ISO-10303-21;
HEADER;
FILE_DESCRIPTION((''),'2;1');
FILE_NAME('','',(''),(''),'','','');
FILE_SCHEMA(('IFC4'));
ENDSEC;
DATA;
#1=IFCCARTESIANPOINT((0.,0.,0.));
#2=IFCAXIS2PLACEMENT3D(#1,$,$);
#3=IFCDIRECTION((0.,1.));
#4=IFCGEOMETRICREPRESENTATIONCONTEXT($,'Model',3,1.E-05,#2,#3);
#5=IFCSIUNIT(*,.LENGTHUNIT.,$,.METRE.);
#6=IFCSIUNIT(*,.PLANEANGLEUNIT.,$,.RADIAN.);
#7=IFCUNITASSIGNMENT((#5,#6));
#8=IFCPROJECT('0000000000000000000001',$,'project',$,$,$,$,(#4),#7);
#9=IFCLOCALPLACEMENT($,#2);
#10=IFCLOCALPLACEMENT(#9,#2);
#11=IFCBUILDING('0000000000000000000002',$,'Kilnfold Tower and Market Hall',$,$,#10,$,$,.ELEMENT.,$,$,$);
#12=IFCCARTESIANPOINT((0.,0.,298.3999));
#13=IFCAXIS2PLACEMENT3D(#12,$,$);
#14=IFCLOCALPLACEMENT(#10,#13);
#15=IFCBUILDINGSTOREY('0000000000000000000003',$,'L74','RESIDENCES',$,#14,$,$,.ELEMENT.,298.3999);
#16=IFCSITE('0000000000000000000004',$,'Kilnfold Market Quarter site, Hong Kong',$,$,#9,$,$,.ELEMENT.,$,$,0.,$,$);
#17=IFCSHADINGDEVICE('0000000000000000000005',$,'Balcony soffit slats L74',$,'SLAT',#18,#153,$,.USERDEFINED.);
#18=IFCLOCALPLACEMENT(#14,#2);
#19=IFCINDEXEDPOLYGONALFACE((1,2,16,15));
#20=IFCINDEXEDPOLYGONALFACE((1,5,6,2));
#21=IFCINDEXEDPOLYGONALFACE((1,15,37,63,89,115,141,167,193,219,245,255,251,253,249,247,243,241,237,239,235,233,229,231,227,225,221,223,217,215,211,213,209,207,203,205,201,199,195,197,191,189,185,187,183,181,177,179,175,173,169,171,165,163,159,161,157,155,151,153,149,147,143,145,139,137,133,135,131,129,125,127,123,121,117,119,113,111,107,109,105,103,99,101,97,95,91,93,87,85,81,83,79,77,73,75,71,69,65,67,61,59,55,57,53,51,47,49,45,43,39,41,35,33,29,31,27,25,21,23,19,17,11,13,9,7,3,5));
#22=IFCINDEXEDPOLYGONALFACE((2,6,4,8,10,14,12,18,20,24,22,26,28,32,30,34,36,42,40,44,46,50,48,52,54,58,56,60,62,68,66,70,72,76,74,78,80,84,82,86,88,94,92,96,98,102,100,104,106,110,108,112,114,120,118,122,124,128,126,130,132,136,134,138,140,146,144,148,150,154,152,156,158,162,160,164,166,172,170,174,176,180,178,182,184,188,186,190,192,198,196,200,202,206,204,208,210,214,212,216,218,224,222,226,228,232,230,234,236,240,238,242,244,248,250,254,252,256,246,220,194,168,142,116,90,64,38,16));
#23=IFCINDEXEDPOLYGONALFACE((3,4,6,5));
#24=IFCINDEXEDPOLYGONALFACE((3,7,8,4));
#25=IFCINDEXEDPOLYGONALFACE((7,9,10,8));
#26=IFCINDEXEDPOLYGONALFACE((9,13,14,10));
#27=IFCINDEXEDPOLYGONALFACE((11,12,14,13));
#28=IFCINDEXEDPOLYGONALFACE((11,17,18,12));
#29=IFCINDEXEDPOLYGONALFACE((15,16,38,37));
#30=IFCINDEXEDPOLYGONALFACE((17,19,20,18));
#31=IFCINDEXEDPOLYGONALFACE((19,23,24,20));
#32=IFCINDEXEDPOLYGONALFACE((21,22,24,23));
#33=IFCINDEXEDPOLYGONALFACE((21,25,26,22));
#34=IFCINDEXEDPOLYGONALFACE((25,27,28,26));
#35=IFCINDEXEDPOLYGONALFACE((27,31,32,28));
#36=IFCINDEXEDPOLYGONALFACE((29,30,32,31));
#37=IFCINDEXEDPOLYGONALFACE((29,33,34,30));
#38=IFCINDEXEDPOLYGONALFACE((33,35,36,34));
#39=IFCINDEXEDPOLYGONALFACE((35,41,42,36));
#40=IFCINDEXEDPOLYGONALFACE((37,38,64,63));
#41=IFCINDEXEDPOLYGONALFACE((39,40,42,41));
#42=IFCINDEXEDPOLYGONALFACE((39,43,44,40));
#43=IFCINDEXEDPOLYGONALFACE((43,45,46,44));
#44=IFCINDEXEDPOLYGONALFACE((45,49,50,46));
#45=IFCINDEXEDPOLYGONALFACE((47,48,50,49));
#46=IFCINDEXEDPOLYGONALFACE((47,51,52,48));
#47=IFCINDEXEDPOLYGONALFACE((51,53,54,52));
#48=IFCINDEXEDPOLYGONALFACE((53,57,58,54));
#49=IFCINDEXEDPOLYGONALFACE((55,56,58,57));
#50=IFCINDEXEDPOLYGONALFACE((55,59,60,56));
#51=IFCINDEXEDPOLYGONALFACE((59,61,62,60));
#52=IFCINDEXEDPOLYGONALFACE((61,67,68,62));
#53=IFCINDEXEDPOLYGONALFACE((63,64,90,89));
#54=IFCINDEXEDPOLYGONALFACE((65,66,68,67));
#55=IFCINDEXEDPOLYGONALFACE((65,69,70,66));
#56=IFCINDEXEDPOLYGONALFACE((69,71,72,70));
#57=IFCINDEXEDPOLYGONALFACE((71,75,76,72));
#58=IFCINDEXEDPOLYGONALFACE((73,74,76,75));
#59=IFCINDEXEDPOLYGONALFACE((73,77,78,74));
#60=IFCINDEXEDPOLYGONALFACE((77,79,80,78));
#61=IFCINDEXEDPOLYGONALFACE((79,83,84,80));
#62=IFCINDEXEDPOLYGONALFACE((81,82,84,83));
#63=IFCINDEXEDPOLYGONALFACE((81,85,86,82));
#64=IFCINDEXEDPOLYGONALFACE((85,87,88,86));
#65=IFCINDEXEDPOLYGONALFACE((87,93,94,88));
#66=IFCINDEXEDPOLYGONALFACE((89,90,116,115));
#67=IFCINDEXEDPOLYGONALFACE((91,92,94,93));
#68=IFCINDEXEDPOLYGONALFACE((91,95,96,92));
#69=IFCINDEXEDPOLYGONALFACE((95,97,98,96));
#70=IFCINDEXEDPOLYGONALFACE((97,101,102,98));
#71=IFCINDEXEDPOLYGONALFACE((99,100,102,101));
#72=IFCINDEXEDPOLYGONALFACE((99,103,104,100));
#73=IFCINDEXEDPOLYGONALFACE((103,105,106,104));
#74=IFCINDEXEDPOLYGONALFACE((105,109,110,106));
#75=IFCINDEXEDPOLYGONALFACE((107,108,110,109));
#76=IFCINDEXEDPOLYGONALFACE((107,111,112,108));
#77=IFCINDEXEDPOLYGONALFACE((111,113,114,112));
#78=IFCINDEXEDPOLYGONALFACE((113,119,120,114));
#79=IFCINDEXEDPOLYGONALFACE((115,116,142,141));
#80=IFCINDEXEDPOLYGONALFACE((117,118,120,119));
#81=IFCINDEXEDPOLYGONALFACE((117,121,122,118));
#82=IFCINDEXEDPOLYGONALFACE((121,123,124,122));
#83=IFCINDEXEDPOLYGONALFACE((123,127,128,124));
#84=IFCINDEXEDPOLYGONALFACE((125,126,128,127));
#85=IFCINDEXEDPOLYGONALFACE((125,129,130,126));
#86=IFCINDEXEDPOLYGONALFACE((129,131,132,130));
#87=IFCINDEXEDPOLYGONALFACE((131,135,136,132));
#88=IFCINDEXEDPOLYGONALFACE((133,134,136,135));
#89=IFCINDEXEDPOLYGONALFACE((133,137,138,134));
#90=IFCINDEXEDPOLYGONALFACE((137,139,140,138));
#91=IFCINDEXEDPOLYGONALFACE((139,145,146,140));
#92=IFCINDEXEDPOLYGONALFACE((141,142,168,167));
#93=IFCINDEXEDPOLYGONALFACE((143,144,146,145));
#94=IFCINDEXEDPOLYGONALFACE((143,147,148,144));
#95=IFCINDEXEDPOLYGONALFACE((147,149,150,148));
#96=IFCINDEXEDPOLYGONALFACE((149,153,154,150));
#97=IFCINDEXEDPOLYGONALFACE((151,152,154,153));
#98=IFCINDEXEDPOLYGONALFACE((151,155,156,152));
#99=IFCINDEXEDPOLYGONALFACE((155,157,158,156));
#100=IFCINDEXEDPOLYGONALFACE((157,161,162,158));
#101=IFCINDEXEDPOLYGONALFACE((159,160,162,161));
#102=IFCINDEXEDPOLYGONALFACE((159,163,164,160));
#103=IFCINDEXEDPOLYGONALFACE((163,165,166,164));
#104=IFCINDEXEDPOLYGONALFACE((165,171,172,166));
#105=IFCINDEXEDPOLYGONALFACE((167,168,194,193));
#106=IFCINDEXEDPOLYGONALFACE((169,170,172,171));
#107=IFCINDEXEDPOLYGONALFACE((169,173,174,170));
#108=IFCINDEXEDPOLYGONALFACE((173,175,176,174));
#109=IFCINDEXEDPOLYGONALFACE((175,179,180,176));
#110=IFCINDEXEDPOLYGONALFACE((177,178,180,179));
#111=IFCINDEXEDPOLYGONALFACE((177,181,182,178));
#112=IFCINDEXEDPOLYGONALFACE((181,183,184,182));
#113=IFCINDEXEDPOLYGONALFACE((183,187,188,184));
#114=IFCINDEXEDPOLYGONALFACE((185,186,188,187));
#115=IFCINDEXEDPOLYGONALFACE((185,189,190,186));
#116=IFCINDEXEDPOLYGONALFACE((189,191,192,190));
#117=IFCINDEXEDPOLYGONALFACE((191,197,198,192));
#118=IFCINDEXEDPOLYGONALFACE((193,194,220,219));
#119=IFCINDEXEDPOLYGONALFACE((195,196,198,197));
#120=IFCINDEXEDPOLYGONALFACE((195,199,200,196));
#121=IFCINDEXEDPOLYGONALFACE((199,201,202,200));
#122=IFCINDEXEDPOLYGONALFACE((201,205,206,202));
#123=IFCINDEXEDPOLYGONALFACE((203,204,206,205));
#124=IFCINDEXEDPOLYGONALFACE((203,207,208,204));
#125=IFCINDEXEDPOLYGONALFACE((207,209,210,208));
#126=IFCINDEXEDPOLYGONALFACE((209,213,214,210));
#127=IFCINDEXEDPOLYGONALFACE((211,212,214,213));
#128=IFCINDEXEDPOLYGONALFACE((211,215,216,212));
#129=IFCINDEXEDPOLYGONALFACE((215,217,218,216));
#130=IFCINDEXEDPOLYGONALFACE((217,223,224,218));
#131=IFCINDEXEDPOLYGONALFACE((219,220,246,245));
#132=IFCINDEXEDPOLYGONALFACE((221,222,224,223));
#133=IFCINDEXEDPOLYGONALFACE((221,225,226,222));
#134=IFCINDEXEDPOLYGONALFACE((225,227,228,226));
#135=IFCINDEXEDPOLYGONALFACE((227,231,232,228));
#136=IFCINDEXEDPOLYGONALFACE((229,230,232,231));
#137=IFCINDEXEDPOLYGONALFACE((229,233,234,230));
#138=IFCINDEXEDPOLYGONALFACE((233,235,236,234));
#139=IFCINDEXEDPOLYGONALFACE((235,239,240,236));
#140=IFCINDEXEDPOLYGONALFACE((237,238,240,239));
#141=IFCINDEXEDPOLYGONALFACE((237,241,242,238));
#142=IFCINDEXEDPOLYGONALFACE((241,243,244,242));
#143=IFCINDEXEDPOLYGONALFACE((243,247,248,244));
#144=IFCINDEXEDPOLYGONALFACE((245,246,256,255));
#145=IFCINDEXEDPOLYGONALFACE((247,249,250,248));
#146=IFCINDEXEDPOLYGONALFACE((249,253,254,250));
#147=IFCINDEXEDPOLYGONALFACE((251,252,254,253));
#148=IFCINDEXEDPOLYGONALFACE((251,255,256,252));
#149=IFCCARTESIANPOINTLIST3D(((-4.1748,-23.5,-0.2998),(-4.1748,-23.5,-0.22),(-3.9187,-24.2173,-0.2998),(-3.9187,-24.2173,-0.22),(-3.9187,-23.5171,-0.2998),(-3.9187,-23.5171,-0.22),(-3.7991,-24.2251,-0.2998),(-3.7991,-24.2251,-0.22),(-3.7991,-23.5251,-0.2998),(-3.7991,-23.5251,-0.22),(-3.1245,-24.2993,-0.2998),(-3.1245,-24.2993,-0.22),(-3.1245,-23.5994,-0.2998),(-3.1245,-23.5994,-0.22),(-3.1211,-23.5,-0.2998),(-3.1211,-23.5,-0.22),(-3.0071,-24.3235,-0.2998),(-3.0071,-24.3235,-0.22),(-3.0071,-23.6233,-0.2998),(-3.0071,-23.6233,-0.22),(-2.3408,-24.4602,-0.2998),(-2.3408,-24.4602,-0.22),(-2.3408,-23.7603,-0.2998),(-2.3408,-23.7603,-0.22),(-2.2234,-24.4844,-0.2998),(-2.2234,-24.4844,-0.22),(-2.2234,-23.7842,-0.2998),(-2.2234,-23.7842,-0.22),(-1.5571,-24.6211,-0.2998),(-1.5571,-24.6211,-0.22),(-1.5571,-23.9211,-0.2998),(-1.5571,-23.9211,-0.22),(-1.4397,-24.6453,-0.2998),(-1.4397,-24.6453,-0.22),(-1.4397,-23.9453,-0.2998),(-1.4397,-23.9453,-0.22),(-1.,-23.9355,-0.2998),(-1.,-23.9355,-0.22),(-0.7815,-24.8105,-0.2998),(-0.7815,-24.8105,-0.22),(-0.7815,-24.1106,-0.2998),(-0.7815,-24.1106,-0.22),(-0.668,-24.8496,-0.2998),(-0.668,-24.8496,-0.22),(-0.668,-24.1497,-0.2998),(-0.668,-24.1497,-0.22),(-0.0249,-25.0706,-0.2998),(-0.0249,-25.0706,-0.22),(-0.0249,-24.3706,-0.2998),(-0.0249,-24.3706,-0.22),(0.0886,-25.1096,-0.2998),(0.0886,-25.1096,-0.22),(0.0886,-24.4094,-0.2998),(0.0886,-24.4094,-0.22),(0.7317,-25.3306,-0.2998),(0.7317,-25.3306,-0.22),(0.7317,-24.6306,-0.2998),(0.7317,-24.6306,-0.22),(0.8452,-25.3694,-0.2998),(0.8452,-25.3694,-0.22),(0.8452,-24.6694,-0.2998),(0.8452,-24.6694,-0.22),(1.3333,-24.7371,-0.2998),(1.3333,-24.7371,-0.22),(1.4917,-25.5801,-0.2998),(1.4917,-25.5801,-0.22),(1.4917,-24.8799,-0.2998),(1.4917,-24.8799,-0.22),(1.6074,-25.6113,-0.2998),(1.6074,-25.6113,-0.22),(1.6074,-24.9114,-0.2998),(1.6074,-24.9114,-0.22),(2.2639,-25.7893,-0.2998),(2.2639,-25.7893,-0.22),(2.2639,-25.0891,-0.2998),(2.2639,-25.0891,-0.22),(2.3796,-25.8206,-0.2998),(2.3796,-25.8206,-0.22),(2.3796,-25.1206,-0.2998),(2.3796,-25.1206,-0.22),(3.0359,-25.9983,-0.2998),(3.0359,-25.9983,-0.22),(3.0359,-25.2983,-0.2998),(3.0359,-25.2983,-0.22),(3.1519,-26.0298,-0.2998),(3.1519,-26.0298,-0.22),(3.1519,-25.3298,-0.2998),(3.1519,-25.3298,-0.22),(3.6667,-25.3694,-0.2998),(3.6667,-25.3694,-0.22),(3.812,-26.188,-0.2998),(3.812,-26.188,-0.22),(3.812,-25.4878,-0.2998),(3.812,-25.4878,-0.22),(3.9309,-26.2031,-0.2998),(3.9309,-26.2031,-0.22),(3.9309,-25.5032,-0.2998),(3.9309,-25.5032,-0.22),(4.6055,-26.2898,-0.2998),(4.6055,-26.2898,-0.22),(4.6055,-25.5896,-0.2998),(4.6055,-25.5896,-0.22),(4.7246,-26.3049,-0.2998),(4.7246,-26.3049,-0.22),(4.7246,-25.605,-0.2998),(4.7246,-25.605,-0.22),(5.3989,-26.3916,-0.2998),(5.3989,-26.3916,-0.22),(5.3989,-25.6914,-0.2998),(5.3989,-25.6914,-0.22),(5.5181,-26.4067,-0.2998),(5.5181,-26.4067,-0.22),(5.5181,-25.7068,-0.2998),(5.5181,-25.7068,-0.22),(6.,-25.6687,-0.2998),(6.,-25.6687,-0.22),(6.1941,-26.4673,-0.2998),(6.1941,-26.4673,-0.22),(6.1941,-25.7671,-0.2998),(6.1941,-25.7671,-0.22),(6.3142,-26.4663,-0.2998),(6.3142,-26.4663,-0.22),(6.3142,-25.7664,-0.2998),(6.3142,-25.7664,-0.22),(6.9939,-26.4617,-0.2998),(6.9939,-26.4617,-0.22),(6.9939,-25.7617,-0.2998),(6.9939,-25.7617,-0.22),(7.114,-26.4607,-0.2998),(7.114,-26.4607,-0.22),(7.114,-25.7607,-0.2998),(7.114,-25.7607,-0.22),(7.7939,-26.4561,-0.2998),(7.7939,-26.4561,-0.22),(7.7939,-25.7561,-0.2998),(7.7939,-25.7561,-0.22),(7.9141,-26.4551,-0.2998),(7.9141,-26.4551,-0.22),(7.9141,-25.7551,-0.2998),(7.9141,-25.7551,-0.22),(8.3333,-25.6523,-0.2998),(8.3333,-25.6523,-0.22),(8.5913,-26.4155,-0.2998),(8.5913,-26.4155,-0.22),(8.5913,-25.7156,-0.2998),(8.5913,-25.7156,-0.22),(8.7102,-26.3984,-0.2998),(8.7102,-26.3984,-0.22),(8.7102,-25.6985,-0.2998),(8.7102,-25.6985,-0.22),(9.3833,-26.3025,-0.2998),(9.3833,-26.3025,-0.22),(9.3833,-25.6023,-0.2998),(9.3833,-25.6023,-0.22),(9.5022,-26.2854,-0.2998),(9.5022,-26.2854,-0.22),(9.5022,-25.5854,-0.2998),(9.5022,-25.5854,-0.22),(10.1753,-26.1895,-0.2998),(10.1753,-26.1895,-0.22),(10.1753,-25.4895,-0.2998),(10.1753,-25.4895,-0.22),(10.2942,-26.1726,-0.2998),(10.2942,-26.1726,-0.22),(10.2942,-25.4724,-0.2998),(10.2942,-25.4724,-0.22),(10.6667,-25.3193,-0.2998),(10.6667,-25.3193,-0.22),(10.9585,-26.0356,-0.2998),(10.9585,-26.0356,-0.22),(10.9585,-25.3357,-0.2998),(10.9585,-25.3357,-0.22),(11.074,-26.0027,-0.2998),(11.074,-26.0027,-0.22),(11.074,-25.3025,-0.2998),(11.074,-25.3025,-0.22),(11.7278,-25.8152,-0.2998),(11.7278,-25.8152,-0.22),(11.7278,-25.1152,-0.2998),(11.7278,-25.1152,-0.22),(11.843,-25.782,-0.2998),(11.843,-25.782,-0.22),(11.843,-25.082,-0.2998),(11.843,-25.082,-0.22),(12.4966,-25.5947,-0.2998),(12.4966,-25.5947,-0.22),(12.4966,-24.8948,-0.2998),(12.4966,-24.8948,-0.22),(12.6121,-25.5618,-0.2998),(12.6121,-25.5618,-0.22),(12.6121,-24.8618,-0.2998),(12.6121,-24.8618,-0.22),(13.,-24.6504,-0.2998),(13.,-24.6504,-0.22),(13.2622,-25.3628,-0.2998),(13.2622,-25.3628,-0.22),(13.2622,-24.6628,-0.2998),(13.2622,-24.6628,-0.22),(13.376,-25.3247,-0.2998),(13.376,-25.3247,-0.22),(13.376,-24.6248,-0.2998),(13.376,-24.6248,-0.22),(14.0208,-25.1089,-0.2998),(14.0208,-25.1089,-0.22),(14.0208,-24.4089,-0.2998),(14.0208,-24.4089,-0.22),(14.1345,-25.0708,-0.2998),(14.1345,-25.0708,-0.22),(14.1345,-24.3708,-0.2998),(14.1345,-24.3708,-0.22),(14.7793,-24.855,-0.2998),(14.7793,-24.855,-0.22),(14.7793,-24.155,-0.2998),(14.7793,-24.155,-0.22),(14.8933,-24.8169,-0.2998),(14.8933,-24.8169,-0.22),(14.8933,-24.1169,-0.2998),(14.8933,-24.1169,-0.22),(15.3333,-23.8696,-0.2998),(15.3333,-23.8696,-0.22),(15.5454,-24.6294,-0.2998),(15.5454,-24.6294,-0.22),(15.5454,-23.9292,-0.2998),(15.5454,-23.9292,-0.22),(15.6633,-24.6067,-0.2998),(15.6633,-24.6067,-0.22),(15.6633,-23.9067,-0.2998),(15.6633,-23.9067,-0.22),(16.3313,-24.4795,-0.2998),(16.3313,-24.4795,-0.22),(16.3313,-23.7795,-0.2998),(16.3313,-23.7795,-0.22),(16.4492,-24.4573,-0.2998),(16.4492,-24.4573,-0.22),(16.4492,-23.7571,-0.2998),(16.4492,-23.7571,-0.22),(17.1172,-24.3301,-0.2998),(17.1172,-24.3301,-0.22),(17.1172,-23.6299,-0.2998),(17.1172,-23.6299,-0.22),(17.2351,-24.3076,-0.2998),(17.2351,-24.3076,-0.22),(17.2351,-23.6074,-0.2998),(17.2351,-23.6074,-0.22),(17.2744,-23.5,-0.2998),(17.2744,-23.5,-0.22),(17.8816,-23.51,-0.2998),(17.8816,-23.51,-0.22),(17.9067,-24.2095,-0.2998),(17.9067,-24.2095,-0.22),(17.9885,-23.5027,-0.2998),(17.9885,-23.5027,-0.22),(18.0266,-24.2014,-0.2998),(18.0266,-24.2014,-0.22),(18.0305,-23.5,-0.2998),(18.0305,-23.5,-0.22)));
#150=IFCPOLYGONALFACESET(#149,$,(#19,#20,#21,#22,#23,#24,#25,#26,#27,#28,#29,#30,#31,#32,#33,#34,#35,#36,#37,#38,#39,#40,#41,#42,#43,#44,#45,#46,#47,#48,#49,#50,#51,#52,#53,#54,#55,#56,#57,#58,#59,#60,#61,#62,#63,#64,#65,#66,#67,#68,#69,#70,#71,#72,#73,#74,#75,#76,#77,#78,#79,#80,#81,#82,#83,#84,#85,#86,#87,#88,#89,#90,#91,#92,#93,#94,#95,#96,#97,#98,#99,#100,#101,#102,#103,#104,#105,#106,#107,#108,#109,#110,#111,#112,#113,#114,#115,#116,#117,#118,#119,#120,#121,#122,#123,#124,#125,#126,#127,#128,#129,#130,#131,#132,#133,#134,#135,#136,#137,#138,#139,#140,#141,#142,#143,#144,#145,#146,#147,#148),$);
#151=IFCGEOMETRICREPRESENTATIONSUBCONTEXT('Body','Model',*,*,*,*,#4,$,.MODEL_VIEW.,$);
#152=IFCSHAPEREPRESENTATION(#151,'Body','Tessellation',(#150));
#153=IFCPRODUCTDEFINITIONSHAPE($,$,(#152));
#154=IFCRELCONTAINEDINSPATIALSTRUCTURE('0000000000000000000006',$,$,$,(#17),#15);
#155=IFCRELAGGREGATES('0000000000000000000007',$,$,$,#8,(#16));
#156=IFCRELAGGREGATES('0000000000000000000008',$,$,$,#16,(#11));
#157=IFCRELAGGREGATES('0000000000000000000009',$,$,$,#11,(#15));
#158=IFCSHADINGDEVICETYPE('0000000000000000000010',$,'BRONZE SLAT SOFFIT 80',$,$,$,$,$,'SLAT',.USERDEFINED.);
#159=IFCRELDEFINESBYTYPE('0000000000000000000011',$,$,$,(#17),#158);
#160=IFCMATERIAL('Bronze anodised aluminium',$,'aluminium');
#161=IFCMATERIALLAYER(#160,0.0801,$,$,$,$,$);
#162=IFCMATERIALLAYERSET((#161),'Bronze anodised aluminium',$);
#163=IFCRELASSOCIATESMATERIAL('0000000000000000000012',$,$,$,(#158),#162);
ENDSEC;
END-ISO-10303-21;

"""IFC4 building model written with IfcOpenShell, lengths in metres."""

from ifc_helpers import new_model, si_unit, direction, frame, origin, place, context, subcontext, project, spatial, polyline, outline, extrude, source, transform, mapped, material, layer, layer_set, type_object, element, save


model = new_model("IFC4")

# Units and contexts
model_context = context("Model", 3, precision=1e-05, world=origin(), true_north=direction((0.0, 1.0)))
body_context = subcontext(model_context, "Body", "Model", "MODEL_VIEW")
ifc_project = project(units=[si_unit("LENGTHUNIT", "METRE"), si_unit("PLANEANGLEUNIT", "RADIAN")], contexts=[model_context])

# Site, building, storey
site_placement = place(None, origin())
site = spatial("IfcSite", under=ifc_project, at=site_placement, Name="Kilnfold Market Quarter site, Hong Kong", CompositionType="ELEMENT", RefElevation=0.0)
building_placement = place(site_placement, origin())
building = spatial("IfcBuilding", under=site, at=building_placement, Name="Kilnfold Tower and Market Hall", CompositionType="ELEMENT")
storey_placement = place(building_placement, frame((0.0, 0.0, 298.3999)))
storey = spatial("IfcBuildingStorey", under=building, at=storey_placement, Name="L74", Description="RESIDENCES", CompositionType="ELEMENT", Elevation=298.3999)

# Shading device
ifc_material_1 = material(Name="Bronze anodised aluminium", Category="aluminium")
ifc_layer_1 = layer(ifc_material_1, 0.0801)
ifc_layer_set_1 = layer_set([ifc_layer_1], Name="Bronze anodised aluminium")
shading_device_type_1 = type_object("IfcShadingDeviceType", Name="BRONZE SLAT SOFFIT 80", ElementType="SLAT", PredefinedType="USERDEFINED", material=ifc_layer_set_1)
shared_shape_1 = source(origin(), body_context, "Body", "SweptSolid", [
    extrude(outline(polyline([(-1.0, -23.9355), (1.3333, -24.7371), (3.6667, -25.3694), (6.0, -25.6687), (8.3333, -25.6523), (10.6667, -25.3193), (13.0, -24.6504), (15.3333, -23.8696), (17.2744, -23.5), (18.0305, -23.5), (17.9885, -23.5027), (18.0266, -24.2014), (17.9067, -24.2095), (17.8816, -23.51), (17.2351, -23.6074), (17.2351, -24.3076), (17.1172, -24.3301), (17.1172, -23.6299), (16.4492, -23.7571), (16.4492, -24.4573), (16.3313, -24.4795), (16.3313, -23.7795), (15.6633, -23.9067), (15.6633, -24.6067), (15.5454, -24.6294), (15.5454, -23.9292), (14.8933, -24.1169), (14.8933, -24.8169), (14.7793, -24.855), (14.7793, -24.155), (14.1345, -24.3708), (14.1345, -25.0708), (14.0208, -25.1089), (14.0208, -24.4089), (13.376, -24.6248), (13.376, -25.3247), (13.2622, -25.3628), (13.2622, -24.6628), (12.6121, -24.8618), (12.6121, -25.5618), (12.4966, -25.5947), (12.4966, -24.8948), (11.843, -25.082), (11.843, -25.782), (11.7278, -25.8152), (11.7278, -25.1152), (11.074, -25.3025), (11.074, -26.0027), (10.9585, -26.0356), (10.9585, -25.3357), (10.2942, -25.4724), (10.2942, -26.1726), (10.1753, -26.1895), (10.1753, -25.4895), (9.5022, -25.5854), (9.5022, -26.2854), (9.3833, -26.3025), (9.3833, -25.6023), (8.7102, -25.6985), (8.7102, -26.3984), (8.5913, -26.4155), (8.5913, -25.7156), (7.9141, -25.7551), (7.9141, -26.4551), (7.7939, -26.4561), (7.7939, -25.7561), (7.114, -25.7607), (7.114, -26.4607), (6.9939, -26.4617), (6.9939, -25.7617), (6.3142, -25.7664), (6.3142, -26.4663), (6.1941, -26.4673), (6.1941, -25.7671), (5.5181, -25.7068), (5.5181, -26.4067), (5.3989, -26.3916), (5.3989, -25.6914), (4.7246, -25.605), (4.7246, -26.3049), (4.6055, -26.2898), (4.6055, -25.5896), (3.9309, -25.5032), (3.9309, -26.2031), (3.812, -26.188), (3.812, -25.4878), (3.1519, -25.3298), (3.1519, -26.0298), (3.0359, -25.9983), (3.0359, -25.2983), (2.3796, -25.1206), (2.3796, -25.8206), (2.2639, -25.7893), (2.2639, -25.0891), (1.6074, -24.9114), (1.6074, -25.6113), (1.4917, -25.5801), (1.4917, -24.8799), (0.8452, -24.6694), (0.8452, -25.3694), (0.7317, -25.3306), (0.7317, -24.6306), (0.0886, -24.4094), (0.0886, -25.1096), (-0.0249, -25.0706), (-0.0249, -24.3706), (-0.668, -24.1497), (-0.668, -24.8496), (-0.7815, -24.8105), (-0.7815, -24.1106), (-1.4397, -23.9453), (-1.4397, -24.6453), (-1.5571, -24.6211), (-1.5571, -23.9211), (-2.2234, -23.7842), (-2.2234, -24.4844), (-2.3408, -24.4602), (-2.3408, -23.7603), (-3.0071, -23.6233), (-3.0071, -24.3235), (-3.1245, -24.2993), (-3.1245, -23.5994), (-3.7991, -23.5251), (-3.7991, -24.2251), (-3.9187, -24.2173), (-3.9187, -23.5171), (-4.1748, -23.5), (-3.1211, -23.5), (-1.0, -23.9355)])), origin(), (0.0, 0.0, 1.0), 0.0798),
])
shading_device_1_placement = place(storey_placement, frame((0.0, 0.0, -0.2998)))
element("IfcShadingDevice", 1, at=shading_device_1_placement, inside=storey, type_object=shading_device_type_1, Name="Balcony soffit slats L74", ObjectType="SLAT", PredefinedType="USERDEFINED", context=body_context, shape_type="MappedRepresentation", body=[
    mapped(shared_shape_1, transform((0.0, 0.0, 0.0))),
])

save(model, "model.ifc")
